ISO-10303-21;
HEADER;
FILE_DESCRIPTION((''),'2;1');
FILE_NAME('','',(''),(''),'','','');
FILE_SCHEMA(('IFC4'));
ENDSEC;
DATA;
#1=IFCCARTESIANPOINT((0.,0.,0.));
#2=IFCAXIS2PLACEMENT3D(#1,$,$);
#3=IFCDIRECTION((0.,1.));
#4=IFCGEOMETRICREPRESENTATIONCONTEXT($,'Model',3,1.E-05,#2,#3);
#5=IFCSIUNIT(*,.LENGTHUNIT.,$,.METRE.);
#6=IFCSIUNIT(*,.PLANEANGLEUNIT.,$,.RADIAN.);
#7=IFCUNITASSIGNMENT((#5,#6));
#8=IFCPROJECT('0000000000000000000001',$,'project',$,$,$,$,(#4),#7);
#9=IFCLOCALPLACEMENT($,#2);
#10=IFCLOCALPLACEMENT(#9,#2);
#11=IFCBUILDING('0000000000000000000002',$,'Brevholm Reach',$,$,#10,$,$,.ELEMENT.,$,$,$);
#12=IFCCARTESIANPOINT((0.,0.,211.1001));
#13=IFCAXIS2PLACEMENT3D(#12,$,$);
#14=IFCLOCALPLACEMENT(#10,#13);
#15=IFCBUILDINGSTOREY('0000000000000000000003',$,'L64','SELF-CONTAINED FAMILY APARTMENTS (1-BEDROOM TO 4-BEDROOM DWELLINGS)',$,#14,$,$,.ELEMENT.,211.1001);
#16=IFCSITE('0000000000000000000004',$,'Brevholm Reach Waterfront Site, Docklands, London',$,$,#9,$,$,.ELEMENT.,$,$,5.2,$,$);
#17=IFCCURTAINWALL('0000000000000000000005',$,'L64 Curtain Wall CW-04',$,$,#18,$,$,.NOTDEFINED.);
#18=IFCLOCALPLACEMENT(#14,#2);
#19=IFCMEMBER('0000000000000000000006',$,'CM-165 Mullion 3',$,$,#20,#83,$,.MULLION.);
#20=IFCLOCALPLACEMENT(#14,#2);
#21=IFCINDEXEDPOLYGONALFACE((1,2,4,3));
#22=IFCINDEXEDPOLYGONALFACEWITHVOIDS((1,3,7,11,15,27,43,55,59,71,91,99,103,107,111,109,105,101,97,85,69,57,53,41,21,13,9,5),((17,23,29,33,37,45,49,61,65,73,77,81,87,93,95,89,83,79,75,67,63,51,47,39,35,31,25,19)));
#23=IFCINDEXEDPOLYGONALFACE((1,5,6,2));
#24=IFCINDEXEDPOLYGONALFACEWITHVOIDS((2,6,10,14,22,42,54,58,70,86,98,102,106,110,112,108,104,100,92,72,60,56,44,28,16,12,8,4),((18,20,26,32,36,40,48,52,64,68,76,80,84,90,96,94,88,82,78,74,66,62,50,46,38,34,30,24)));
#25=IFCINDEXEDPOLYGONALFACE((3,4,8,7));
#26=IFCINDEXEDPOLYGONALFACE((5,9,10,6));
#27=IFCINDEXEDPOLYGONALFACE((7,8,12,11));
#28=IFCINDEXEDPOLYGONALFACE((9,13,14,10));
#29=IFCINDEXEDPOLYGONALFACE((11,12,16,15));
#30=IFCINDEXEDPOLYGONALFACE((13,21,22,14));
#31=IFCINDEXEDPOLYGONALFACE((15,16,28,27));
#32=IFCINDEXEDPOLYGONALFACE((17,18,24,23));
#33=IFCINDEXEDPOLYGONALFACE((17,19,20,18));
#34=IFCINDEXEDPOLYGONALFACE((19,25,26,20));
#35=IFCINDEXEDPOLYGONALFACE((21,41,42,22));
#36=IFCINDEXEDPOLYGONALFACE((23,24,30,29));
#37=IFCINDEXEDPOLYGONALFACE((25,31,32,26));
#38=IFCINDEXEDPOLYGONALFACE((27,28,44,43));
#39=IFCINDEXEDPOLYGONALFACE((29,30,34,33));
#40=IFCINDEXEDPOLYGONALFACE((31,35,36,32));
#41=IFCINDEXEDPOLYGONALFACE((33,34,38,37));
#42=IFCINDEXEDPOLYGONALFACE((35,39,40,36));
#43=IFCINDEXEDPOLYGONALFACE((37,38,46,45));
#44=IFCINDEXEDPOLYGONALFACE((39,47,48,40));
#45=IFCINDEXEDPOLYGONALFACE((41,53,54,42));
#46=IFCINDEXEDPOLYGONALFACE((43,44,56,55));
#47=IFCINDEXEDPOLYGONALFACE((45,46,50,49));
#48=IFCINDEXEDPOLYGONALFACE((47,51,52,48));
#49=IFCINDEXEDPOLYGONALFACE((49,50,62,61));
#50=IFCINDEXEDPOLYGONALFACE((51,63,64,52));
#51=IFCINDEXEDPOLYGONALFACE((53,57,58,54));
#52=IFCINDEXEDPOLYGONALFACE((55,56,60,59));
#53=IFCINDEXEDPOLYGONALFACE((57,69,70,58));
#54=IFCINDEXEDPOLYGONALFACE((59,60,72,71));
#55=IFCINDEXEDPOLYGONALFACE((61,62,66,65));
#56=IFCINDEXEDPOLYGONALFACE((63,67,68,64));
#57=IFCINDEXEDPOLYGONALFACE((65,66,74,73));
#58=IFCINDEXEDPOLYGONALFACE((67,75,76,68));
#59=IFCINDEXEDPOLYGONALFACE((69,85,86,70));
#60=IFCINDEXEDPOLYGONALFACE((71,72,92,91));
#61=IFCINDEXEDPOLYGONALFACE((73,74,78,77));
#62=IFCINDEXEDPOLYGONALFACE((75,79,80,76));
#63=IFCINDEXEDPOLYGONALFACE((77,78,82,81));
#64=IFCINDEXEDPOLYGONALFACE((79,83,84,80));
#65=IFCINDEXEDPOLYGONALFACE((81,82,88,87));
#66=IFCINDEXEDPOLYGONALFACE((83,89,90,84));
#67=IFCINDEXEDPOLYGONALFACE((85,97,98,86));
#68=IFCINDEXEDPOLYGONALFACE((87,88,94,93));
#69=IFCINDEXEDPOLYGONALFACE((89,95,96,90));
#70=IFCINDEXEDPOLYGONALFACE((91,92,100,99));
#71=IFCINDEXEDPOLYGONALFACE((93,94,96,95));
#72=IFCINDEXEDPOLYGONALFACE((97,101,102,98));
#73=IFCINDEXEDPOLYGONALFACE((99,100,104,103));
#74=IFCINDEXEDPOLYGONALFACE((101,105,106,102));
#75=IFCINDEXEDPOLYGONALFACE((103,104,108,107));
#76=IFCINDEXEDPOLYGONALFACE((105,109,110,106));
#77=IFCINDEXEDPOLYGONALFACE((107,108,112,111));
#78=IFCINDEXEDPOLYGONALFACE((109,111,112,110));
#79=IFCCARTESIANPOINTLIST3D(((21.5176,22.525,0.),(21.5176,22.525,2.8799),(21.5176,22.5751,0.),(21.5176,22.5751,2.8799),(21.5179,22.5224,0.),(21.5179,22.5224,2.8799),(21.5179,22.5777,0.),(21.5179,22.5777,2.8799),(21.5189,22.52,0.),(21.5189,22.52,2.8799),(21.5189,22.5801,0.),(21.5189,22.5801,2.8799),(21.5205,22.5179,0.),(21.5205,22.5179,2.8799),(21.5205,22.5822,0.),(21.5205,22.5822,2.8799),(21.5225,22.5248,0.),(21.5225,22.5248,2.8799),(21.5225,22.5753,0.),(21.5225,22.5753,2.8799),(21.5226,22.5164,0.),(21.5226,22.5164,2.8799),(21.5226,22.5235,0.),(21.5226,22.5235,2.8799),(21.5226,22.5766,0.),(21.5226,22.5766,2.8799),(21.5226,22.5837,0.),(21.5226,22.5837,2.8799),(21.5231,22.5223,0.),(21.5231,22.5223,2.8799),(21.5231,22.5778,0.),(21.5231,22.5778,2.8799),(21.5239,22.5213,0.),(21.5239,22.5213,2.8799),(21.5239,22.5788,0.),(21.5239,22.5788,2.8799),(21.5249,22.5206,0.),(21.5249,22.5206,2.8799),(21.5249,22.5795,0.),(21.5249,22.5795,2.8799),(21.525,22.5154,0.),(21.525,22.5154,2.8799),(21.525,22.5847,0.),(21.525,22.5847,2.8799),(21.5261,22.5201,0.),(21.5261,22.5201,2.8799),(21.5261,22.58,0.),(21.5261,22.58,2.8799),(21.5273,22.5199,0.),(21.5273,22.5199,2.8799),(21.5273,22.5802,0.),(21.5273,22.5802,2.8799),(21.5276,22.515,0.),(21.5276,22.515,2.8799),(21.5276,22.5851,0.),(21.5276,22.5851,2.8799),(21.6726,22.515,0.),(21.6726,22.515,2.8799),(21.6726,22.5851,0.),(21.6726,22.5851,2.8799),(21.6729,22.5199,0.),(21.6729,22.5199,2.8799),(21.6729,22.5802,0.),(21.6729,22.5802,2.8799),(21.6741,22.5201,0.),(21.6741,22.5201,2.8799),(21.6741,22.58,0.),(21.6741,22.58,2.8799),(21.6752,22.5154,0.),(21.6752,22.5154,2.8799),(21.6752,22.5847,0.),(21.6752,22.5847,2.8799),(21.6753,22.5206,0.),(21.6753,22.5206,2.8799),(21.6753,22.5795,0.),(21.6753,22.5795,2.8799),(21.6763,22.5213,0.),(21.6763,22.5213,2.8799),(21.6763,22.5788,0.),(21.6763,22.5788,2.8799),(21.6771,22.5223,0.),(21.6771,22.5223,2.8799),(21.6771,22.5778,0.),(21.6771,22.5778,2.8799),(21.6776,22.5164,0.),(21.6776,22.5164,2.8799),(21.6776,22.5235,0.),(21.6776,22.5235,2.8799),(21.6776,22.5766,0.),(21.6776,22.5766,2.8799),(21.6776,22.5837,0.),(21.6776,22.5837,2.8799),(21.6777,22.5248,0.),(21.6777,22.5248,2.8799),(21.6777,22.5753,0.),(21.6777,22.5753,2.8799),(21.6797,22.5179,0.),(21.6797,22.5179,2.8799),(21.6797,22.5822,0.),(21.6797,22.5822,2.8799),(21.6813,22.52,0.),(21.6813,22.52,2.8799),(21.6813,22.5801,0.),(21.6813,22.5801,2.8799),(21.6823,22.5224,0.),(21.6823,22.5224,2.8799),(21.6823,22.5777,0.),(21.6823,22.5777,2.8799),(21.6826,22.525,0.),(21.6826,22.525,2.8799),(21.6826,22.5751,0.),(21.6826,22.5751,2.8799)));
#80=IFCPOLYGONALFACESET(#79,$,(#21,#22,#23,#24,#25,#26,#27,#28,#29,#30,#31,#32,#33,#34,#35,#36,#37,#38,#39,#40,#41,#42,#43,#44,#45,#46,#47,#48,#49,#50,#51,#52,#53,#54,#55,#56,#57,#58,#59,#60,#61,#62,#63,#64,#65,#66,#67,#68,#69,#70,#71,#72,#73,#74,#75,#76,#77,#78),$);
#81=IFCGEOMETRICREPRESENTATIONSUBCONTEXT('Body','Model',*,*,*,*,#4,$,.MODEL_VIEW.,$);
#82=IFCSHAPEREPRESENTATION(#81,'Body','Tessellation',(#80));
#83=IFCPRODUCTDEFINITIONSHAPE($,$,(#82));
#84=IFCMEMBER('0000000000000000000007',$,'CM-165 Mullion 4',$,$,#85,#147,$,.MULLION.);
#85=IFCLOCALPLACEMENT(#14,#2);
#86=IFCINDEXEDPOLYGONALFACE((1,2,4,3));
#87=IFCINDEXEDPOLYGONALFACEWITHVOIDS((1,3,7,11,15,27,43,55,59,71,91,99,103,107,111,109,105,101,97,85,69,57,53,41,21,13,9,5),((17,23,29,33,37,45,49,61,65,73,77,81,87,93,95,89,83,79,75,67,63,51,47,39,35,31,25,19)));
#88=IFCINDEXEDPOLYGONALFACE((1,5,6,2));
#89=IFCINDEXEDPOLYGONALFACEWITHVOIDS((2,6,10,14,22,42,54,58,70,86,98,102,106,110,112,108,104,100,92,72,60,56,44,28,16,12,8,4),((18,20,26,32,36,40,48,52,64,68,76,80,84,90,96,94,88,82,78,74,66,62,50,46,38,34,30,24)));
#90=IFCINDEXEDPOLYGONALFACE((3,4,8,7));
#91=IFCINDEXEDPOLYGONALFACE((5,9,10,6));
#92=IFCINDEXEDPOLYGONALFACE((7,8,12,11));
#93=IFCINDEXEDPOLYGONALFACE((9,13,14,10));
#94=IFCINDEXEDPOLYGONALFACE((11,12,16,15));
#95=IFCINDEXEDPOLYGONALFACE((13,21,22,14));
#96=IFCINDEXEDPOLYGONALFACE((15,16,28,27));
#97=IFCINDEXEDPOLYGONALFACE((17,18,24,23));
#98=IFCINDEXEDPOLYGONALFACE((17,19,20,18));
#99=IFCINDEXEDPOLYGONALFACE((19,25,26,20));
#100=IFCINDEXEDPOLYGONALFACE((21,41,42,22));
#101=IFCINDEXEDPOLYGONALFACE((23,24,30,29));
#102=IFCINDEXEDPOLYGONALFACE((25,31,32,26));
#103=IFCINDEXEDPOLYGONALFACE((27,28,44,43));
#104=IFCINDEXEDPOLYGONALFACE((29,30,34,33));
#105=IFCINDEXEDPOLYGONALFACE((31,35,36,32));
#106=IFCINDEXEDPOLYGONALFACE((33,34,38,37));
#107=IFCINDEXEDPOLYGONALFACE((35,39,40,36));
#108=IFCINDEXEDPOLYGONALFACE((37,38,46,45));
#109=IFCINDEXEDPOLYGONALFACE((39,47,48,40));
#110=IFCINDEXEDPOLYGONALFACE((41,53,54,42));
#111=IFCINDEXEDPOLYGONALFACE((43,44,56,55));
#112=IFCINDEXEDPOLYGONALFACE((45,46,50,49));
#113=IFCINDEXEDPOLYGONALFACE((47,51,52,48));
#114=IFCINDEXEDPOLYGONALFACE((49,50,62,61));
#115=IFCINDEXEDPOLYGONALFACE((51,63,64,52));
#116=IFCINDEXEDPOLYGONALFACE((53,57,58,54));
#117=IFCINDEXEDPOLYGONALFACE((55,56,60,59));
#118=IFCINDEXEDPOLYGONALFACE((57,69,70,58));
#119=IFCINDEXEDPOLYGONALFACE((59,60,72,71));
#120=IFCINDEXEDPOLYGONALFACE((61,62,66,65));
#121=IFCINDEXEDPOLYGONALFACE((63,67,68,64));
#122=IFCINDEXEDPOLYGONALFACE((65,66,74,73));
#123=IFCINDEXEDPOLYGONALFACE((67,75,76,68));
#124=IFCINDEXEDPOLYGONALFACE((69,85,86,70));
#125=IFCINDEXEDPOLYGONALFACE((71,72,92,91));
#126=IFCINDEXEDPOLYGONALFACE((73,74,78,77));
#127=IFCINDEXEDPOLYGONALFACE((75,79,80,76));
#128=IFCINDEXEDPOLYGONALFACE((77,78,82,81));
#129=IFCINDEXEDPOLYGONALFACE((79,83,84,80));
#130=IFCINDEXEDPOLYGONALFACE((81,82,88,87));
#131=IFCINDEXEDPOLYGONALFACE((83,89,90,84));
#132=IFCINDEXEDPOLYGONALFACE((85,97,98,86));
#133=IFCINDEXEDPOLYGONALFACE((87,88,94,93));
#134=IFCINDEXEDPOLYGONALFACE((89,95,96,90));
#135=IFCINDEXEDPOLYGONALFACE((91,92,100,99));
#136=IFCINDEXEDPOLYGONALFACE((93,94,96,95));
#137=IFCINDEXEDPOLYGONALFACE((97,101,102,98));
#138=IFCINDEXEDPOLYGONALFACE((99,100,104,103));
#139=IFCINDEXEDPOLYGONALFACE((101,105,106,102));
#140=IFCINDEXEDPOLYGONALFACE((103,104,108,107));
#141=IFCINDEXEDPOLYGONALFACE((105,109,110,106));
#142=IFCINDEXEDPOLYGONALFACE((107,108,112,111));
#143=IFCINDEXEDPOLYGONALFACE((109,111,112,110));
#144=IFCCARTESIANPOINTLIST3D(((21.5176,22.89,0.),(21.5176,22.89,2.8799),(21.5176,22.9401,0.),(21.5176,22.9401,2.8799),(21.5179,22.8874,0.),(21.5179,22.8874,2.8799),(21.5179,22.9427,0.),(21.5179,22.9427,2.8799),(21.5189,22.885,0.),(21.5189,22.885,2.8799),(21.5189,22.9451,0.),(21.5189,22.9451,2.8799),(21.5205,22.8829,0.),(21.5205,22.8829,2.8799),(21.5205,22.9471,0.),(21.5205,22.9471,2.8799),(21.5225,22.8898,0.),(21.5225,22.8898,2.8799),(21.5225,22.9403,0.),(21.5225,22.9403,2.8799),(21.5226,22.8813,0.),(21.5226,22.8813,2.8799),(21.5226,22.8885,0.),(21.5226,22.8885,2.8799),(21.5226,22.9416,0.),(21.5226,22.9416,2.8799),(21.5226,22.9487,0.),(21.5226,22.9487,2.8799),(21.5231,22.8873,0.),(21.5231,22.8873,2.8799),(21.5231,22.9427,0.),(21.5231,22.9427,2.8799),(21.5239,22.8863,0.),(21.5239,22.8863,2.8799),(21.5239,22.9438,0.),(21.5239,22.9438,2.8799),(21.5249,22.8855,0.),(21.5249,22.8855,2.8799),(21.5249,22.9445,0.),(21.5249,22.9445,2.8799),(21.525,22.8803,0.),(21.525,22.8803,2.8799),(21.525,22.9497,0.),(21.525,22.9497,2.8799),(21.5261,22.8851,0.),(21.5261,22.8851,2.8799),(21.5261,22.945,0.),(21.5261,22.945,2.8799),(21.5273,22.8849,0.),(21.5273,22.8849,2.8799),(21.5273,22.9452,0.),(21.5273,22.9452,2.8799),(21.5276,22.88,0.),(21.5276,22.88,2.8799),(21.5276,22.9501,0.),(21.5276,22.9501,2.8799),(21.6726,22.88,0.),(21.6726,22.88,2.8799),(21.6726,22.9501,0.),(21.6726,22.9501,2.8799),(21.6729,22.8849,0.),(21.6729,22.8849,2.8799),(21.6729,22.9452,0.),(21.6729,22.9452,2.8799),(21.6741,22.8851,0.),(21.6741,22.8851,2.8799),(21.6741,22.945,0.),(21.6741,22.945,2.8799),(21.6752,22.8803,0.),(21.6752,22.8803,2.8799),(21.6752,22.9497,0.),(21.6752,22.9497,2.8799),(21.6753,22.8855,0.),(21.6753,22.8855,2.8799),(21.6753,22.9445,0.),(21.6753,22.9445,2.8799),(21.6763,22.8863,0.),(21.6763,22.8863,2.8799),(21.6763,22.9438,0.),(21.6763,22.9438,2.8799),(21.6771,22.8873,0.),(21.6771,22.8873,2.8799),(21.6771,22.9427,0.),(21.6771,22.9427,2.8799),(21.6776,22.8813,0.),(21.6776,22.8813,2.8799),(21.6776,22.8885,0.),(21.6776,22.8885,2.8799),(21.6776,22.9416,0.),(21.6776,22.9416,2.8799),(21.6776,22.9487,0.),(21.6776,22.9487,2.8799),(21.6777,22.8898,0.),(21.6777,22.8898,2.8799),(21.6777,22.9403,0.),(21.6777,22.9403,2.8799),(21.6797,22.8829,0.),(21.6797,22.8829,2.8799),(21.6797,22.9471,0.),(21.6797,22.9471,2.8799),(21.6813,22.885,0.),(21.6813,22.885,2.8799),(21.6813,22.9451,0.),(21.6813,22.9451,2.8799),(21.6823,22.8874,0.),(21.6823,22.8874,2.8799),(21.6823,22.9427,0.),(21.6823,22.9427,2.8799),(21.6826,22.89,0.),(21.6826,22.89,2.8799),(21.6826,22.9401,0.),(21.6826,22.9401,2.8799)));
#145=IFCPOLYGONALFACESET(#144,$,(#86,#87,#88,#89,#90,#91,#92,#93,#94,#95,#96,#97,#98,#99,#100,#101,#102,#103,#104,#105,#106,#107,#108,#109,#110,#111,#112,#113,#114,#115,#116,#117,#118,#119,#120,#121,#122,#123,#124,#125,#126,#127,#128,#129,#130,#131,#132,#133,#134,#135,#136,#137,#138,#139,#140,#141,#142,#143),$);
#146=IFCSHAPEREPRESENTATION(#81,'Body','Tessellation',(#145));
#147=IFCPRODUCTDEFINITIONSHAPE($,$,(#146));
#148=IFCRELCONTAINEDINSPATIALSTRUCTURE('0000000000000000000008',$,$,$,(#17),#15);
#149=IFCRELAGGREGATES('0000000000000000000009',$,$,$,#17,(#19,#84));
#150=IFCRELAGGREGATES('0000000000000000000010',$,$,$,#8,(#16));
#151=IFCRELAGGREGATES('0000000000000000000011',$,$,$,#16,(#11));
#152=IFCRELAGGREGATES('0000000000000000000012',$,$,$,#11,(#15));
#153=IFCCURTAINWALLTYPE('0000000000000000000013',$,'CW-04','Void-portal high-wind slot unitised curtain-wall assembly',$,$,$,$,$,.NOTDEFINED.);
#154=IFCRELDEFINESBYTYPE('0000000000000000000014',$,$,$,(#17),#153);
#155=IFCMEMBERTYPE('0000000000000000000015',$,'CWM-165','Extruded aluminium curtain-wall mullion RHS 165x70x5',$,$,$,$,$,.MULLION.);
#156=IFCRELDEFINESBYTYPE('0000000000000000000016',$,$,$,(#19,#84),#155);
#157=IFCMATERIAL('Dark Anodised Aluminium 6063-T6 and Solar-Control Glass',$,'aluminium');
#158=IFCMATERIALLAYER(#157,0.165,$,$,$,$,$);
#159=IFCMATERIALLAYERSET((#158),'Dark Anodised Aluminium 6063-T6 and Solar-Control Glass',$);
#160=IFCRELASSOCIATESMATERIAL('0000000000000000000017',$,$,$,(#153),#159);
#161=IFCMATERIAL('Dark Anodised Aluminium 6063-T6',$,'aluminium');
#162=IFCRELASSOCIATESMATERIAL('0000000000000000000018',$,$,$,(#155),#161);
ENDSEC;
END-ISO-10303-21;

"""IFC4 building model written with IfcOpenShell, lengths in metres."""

from ifc_helpers import new_model, si_unit, direction, frame, origin, origin_2d, place, context, subcontext, project, spatial, hollow_rectangle, extrude, material, layer, layer_set, material_profile, profile_set, type_object, element, aggregate, save


model = new_model("IFC4")

# Units and contexts
model_context = context("Model", 3, precision=1e-05, world=origin(), true_north=direction((0.0, 1.0)))
body_context = subcontext(model_context, "Body", "Model", "MODEL_VIEW")
ifc_project = project(units=[si_unit("LENGTHUNIT", "METRE"), si_unit("PLANEANGLEUNIT", "RADIAN")], contexts=[model_context])

# Site, building, storey
site_placement = place(None, origin())
site = spatial("IfcSite", under=ifc_project, at=site_placement, Name="Brevholm Reach Waterfront Site, Docklands, London", CompositionType="ELEMENT", RefElevation=5.2)
building_placement = place(site_placement, origin())
building = spatial("IfcBuilding", under=site, at=building_placement, Name="Brevholm Reach", CompositionType="ELEMENT")
storey_placement = place(building_placement, frame((0.0, 0.0, 211.1001)))
storey = spatial("IfcBuildingStorey", under=building, at=storey_placement, Name="L64", Description="SELF-CONTAINED FAMILY APARTMENTS (1-BEDROOM TO 4-BEDROOM DWELLINGS)", CompositionType="ELEMENT", Elevation=211.1001)

# Curtain wall, members
ifc_material_1 = material(Name="Dark Anodised Aluminium 6063-T6 and Solar-Control Glass", Category="aluminium")
ifc_layer_1 = layer(ifc_material_1, 0.165)
ifc_layer_set_1 = layer_set([ifc_layer_1], Name="Dark Anodised Aluminium 6063-T6 and Solar-Control Glass")
curtain_wall_type = type_object("IfcCurtainWallType", Name="CW-04", Description="Void-portal high-wind slot unitised curtain-wall assembly", PredefinedType="NOTDEFINED", material=ifc_layer_set_1)
curtain_wall_placement = place(storey_placement, origin())
curtain_wall = element("IfcCurtainWall", 1, at=curtain_wall_placement, inside=storey, type_object=curtain_wall_type, Name="L64 Curtain Wall CW-04", PredefinedType="NOTDEFINED")
ifc_material_2 = material(Name="Dark Anodised Aluminium 6063-T6", Category="aluminium")
ifc_material_profile_1 = material_profile(ifc_material_2, hollow_rectangle(XDim=0.0701, YDim=0.165, WallThickness=0.0049, InnerFilletRadius=0.0049, OuterFilletRadius=0.01, at=origin_2d()), Name="RHS 165x70x5")
ifc_profile_set_1 = profile_set([ifc_material_profile_1], Name="Dark Anodised Aluminium 6063-T6")
member_type_1 = type_object("IfcMemberType", Name="CWM-165", Description="Extruded aluminium curtain-wall mullion RHS 165x70x5", PredefinedType="MULLION", material=ifc_profile_set_1)
member_1_placement = place(storey_placement, frame((21.6001, 22.55, 0.0), z_axis=(0.0, 0.0, 1.0), x_axis=(0.0, 1.0, 0.0)))
member_1 = element("IfcMember", 2, at=member_1_placement, type_object=member_type_1, Name="CM-165 Mullion 3", PredefinedType="MULLION", context=body_context, shape_type="SweptSolid", body=[
    extrude(hollow_rectangle(XDim=0.0701, YDim=0.165, WallThickness=0.0049, InnerFilletRadius=0.0049, OuterFilletRadius=0.01, at=origin_2d()), origin(), (0.0, 0.0, 1.0), 2.8799),
])
member_2_placement = place(storey_placement, frame((21.6001, 22.915, 0.0), z_axis=(0.0, 0.0, 1.0), x_axis=(0.0, 1.0, 0.0)))
member_2 = element("IfcMember", 3, at=member_2_placement, type_object=member_type_1, Name="CM-165 Mullion 4", PredefinedType="MULLION", context=body_context, shape_type="SweptSolid", body=[
    extrude(hollow_rectangle(XDim=0.0701, YDim=0.165, WallThickness=0.0049, InnerFilletRadius=0.0049, OuterFilletRadius=0.01, at=origin_2d()), origin(), (0.0, 0.0, 1.0), 2.8799),
])
aggregate(curtain_wall, [member_1, member_2])

save(model, "model.ifc")
